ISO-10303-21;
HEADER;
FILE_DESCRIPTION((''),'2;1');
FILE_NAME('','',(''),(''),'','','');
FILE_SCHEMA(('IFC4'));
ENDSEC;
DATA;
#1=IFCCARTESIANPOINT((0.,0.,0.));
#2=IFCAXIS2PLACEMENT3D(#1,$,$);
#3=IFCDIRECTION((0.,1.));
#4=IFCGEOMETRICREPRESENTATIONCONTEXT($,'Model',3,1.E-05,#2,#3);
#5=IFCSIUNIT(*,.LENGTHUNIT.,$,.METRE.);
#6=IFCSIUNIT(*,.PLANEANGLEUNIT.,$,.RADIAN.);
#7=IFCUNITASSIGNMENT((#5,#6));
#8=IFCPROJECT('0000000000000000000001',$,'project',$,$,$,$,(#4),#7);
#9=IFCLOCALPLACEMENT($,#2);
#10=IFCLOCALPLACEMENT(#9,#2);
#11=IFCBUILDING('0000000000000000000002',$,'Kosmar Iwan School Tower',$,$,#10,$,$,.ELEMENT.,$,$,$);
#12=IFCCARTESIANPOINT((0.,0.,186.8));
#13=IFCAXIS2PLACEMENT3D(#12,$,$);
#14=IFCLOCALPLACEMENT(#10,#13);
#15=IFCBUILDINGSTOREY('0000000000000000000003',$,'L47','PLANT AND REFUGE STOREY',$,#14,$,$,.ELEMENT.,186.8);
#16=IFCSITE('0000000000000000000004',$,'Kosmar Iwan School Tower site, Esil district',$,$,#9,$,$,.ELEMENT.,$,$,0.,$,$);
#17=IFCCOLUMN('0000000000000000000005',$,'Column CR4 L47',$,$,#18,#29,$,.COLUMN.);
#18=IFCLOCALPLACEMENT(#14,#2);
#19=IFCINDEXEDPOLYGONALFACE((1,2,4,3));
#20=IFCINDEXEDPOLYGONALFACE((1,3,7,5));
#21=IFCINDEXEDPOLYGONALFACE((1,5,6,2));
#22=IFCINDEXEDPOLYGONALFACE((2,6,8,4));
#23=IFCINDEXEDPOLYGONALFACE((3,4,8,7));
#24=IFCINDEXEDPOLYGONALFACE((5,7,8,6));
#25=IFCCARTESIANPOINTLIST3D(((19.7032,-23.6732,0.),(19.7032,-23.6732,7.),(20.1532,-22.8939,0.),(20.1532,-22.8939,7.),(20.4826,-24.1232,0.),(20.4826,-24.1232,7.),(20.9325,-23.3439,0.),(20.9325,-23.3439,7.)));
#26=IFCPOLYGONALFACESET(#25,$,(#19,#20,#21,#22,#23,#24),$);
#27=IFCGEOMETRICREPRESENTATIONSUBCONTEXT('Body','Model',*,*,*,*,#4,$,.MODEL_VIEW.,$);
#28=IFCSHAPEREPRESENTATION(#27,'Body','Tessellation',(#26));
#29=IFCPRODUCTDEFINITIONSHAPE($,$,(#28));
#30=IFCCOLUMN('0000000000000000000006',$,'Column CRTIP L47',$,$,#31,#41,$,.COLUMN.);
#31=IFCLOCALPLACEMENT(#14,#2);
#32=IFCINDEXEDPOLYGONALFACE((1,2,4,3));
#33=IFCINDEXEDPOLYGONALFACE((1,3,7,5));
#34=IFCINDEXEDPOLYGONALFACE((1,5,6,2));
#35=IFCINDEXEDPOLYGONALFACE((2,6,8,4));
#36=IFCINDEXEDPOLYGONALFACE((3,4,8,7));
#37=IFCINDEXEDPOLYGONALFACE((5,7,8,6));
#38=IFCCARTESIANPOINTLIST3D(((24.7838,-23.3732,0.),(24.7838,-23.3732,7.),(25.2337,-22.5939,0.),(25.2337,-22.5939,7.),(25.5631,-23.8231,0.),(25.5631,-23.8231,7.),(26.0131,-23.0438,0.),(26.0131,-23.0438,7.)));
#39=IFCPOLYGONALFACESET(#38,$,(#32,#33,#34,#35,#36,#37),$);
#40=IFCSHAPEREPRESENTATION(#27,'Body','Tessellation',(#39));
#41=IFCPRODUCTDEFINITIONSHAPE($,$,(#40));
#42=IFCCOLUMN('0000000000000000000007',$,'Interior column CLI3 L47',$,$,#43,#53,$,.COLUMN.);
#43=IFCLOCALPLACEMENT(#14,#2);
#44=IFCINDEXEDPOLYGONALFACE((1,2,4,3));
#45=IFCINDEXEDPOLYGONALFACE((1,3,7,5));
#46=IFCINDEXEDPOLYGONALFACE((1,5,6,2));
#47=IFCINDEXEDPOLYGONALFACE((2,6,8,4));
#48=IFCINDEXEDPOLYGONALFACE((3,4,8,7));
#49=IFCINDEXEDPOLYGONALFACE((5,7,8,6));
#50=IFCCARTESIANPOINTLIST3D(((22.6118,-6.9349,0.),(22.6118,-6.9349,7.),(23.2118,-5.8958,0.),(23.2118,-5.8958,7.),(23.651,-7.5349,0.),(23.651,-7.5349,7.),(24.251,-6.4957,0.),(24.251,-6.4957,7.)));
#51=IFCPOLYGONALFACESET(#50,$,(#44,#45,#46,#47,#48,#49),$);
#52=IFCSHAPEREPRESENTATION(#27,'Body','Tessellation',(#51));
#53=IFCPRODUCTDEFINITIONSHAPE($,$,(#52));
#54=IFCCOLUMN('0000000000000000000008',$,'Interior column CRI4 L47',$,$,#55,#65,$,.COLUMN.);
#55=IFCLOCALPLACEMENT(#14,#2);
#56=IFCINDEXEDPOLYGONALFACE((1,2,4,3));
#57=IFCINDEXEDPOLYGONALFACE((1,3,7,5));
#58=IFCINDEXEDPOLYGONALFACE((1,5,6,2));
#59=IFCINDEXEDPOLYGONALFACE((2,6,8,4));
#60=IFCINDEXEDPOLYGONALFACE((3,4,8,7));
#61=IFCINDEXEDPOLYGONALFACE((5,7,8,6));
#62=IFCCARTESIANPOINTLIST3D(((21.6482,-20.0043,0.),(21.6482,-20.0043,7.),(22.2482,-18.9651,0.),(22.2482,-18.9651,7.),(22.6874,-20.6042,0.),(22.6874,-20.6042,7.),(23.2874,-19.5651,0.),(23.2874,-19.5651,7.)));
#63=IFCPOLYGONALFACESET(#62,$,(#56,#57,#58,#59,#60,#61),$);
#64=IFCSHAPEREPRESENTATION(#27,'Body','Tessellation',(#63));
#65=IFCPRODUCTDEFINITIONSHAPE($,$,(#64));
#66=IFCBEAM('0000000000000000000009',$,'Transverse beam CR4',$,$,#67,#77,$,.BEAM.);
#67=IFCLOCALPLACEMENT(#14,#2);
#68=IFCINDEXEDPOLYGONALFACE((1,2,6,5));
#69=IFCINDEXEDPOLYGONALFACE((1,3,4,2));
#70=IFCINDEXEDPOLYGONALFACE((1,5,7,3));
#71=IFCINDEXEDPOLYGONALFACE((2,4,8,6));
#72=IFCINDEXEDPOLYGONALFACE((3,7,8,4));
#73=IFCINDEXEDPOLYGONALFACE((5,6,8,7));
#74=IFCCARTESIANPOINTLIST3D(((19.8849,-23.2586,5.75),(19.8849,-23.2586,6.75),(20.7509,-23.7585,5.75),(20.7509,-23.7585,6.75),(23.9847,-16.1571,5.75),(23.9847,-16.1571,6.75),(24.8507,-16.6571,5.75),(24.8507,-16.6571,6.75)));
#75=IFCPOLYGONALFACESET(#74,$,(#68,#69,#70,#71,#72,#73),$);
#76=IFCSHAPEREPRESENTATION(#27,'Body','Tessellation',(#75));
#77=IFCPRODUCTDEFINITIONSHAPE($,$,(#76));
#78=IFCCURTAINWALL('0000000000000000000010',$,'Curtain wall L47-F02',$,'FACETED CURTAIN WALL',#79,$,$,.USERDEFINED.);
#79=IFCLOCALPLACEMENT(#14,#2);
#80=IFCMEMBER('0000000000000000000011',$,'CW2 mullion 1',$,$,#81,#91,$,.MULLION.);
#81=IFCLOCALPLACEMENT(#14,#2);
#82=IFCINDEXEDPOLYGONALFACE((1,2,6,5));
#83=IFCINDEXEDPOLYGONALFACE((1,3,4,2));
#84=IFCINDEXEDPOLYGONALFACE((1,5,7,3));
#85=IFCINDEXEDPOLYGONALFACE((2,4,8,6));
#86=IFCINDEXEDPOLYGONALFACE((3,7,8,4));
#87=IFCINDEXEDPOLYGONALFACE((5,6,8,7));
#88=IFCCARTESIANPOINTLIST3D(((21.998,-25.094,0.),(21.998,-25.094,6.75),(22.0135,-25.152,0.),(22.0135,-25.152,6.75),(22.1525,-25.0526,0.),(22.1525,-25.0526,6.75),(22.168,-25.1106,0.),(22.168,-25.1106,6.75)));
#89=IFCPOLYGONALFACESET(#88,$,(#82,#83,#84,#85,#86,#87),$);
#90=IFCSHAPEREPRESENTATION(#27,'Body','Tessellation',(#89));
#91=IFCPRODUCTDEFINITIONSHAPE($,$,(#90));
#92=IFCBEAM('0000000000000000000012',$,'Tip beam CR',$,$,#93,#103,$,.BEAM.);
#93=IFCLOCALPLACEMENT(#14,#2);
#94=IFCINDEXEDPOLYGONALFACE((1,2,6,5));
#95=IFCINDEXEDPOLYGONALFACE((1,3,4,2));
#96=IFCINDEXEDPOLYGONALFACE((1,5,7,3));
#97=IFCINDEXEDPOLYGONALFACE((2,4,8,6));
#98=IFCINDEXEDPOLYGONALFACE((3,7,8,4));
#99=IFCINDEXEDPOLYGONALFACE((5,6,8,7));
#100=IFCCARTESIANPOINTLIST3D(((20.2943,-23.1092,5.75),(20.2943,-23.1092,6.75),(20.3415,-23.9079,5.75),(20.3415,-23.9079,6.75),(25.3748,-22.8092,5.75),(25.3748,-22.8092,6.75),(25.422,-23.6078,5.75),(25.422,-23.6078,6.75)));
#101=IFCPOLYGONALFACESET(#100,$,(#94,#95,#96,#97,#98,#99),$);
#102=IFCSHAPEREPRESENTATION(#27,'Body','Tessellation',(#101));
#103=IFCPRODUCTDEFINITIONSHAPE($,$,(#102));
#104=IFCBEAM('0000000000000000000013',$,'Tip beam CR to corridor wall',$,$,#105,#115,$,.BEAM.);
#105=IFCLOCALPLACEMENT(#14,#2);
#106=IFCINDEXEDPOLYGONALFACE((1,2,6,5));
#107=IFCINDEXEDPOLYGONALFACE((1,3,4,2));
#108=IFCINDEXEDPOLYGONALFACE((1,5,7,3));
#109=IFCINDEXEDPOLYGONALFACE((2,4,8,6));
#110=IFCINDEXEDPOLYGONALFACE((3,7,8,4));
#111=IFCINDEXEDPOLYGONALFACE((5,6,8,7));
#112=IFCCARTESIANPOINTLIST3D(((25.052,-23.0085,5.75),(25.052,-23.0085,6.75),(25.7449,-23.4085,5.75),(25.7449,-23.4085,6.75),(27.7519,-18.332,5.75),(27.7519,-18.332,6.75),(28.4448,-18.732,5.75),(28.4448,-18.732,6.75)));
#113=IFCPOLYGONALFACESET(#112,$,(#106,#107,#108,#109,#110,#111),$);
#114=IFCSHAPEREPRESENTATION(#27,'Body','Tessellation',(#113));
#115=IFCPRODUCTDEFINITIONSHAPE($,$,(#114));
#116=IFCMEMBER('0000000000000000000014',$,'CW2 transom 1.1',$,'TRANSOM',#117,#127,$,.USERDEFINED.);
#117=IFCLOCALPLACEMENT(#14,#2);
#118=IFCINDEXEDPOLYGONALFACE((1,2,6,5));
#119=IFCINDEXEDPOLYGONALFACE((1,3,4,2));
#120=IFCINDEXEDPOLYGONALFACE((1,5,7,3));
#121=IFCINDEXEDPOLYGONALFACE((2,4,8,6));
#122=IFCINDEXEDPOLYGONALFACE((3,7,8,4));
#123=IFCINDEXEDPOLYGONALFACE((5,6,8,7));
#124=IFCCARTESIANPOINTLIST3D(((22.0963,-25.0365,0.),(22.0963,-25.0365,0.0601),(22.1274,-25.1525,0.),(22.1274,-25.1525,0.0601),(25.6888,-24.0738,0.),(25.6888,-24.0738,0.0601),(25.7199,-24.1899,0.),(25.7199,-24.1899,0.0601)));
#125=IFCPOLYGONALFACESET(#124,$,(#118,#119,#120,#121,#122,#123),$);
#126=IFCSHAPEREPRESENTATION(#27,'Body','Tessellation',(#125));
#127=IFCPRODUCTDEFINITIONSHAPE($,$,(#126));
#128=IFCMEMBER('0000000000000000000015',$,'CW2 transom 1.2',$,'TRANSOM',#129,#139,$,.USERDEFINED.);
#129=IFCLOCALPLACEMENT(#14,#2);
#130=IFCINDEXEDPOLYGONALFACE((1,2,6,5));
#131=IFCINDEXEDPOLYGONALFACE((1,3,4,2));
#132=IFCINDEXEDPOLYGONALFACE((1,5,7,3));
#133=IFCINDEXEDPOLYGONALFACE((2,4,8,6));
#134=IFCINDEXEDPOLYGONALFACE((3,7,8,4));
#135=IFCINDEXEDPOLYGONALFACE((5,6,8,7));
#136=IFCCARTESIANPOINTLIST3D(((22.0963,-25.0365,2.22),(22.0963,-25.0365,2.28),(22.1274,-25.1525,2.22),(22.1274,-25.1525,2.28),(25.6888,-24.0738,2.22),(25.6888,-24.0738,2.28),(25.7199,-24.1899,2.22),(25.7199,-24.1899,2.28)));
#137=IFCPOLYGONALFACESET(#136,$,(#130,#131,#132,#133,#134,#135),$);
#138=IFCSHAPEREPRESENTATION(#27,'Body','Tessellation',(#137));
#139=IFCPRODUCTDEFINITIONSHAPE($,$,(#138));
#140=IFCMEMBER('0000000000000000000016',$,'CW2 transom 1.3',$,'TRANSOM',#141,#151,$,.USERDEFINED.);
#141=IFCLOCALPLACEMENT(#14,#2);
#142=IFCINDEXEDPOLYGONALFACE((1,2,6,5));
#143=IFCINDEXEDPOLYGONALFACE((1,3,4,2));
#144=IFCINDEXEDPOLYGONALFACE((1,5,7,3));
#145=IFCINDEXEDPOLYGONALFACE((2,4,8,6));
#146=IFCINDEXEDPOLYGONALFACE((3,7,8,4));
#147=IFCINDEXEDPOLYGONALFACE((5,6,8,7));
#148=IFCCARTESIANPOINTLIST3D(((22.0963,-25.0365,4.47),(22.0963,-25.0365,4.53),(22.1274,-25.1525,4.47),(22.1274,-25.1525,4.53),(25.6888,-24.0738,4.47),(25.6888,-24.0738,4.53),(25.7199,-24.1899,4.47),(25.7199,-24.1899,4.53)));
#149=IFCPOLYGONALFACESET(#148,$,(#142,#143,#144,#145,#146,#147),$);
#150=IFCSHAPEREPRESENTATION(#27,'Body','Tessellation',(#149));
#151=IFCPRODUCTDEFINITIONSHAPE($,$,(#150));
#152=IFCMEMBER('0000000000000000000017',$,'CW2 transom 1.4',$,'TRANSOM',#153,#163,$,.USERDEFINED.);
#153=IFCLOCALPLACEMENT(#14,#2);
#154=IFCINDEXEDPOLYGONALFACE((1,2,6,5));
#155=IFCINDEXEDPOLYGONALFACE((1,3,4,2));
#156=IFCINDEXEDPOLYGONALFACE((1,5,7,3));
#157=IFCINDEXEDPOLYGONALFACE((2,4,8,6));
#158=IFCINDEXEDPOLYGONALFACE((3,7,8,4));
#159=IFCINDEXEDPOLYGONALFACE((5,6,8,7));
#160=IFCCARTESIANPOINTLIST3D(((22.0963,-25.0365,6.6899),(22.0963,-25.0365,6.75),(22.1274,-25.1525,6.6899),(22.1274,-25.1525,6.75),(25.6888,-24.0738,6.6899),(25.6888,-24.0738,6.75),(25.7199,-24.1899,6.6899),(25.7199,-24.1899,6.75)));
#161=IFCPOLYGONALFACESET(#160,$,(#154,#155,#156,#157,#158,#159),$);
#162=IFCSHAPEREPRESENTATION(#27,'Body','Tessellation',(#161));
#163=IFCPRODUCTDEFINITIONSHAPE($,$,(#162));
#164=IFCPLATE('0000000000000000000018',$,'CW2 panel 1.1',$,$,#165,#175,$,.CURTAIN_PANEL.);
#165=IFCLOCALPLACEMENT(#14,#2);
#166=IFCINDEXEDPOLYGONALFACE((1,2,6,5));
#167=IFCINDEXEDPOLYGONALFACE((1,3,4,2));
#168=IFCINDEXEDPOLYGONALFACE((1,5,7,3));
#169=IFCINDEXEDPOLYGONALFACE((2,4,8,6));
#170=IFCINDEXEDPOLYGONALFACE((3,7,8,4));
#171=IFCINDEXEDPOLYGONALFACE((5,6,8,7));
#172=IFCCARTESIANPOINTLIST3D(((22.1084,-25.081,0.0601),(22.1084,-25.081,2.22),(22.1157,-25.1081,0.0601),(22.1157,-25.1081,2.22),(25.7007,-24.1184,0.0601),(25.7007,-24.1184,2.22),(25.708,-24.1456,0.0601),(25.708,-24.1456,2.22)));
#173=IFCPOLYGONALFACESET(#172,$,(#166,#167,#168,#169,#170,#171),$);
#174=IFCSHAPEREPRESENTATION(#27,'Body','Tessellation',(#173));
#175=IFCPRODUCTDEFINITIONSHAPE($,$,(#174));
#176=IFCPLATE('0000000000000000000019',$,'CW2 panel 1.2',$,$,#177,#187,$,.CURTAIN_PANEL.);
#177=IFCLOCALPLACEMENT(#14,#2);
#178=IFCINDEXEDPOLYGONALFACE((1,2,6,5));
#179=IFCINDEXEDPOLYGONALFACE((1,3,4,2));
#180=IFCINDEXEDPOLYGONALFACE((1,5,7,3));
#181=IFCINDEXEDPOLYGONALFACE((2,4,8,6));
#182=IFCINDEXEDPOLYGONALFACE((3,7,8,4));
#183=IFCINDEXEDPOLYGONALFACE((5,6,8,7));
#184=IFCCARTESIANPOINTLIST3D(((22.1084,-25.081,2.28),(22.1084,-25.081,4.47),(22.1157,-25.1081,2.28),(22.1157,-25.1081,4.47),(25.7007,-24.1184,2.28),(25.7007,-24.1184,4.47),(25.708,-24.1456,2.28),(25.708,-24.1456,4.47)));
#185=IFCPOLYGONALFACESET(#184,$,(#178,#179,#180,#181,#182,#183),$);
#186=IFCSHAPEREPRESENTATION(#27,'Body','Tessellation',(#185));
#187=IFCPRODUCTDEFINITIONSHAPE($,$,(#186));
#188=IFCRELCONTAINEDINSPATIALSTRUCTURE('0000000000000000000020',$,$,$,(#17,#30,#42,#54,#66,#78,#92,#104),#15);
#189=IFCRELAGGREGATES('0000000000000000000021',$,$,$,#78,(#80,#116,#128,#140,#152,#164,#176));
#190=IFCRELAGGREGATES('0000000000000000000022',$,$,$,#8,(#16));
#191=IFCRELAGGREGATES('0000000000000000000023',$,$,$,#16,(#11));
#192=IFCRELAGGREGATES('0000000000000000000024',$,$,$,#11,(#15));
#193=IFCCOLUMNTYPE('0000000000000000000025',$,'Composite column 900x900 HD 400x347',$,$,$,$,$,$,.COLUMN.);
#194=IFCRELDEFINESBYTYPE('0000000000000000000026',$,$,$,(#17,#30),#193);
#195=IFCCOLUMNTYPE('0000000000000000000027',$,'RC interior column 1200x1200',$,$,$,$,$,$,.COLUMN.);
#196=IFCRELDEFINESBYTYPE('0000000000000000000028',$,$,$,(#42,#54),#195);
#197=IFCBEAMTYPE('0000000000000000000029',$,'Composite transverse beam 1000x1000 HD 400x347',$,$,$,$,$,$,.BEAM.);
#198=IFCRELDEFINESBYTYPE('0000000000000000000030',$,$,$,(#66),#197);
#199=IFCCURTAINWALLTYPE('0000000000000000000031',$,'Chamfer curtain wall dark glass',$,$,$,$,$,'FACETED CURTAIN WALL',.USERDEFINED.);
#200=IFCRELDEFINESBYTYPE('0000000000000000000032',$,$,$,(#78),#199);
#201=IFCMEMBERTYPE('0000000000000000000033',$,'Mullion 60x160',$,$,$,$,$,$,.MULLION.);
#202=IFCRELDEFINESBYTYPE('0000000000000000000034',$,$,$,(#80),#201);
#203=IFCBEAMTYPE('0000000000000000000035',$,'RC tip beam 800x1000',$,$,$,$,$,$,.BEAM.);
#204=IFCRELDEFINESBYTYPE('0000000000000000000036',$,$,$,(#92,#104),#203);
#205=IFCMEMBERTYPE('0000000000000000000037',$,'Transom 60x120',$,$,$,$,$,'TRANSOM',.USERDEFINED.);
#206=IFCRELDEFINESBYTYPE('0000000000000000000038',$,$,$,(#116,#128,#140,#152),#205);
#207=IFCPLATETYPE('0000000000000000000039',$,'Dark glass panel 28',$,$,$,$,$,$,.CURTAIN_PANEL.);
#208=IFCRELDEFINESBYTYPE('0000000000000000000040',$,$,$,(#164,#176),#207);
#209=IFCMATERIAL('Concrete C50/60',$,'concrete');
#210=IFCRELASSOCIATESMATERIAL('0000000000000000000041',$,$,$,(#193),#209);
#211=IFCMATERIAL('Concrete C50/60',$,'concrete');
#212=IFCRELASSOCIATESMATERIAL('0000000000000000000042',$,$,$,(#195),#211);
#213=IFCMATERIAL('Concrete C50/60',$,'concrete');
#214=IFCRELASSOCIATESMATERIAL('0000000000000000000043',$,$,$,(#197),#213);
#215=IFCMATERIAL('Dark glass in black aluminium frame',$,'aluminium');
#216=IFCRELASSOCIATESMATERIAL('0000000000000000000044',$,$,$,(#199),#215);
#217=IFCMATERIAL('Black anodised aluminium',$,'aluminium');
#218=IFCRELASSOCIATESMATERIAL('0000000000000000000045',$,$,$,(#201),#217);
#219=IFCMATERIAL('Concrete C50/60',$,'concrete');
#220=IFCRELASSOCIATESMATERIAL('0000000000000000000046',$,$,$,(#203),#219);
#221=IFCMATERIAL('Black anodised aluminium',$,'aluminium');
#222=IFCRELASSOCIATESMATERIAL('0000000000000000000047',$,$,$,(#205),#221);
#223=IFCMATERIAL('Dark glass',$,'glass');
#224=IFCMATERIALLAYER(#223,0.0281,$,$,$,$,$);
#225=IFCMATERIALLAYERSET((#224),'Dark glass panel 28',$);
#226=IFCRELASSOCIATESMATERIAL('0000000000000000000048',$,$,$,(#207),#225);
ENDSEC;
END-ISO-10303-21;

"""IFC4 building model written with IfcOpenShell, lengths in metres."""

from ifc_helpers import new_model, si_unit, direction, frame, origin, origin_2d, place, context, subcontext, project, spatial, rectangle, extrude, material, layer, layer_set, material_profile, profile_set, type_object, element, aggregate, save


model = new_model("IFC4")

# Units and contexts
model_context = context("Model", 3, precision=1e-05, world=origin(), true_north=direction((0.0, 1.0)))
body_context = subcontext(model_context, "Body", "Model", "MODEL_VIEW")
ifc_project = project(units=[si_unit("LENGTHUNIT", "METRE"), si_unit("PLANEANGLEUNIT", "RADIAN")], contexts=[model_context])

# Site, building, storey
site_placement = place(None, origin())
site = spatial("IfcSite", under=ifc_project, at=site_placement, Name="Kosmar Iwan School Tower site, Esil district", CompositionType="ELEMENT", RefElevation=0.0)
building_placement = place(site_placement, origin())
building = spatial("IfcBuilding", under=site, at=building_placement, Name="Kosmar Iwan School Tower", CompositionType="ELEMENT")
storey_placement = place(building_placement, frame((0.0, 0.0, 186.8)))
storey = spatial("IfcBuildingStorey", under=building, at=storey_placement, Name="L47", Description="PLANT AND REFUGE STOREY", CompositionType="ELEMENT", Elevation=186.8)

# Columns
ifc_material_1 = material(Name="Concrete C50/60", Category="concrete")
ifc_material_profile_1 = material_profile(ifc_material_1, rectangle(XDim=0.8999, YDim=0.8999, at=origin_2d()), Name="RC 900x900 + HD 400x347")
ifc_profile_set_1 = profile_set([ifc_material_profile_1], Name="Concrete C50/60")
column_type_1 = type_object("IfcColumnType", Name="Composite column 900x900 HD 400x347", PredefinedType="COLUMN", material=ifc_profile_set_1)
for number, where, z_axis, x_axis, name in (
    (1, (20.3179, -23.5085, 0.0), (0.0, 0.0, 1.0), (0.866025, -0.5, 0.0), "Column CR4 L47"),
    (2, (25.3984, -23.2085, 0.0), (0.0, 0.0, 1.0), (0.866025, -0.5, 0.0), "Column CRTIP L47"),
):
    element("IfcColumn", number, at=place(storey_placement, frame(where, z_axis=z_axis, x_axis=x_axis)), inside=storey, type_object=column_type_1, Name=name, PredefinedType="COLUMN", context=body_context, shape_type="SweptSolid", body=[
        extrude(rectangle(XDim=0.8999, YDim=0.8999, at=origin_2d()), origin(), (0.0, 0.0, 1.0), 7.0),
    ])
ifc_material_2 = material(Name="Concrete C50/60", Category="concrete")
ifc_material_profile_2 = material_profile(ifc_material_2, rectangle(XDim=1.2, YDim=1.2, at=origin_2d()), Name="RC 1200x1200")
ifc_profile_set_2 = profile_set([ifc_material_profile_2], Name="Concrete C50/60")
column_type_2 = type_object("IfcColumnType", Name="RC interior column 1200x1200", PredefinedType="COLUMN", material=ifc_profile_set_2)
for number, where, z_axis, x_axis, name in (
    (3, (23.4314, -6.7153, 0.0), (0.0, 0.0, 1.0), (0.866025, -0.5, 0.0), "Interior column CLI3 L47"),
    (4, (22.4678, -19.7847, 0.0), (0.0, 0.0, 1.0), (0.866025, -0.5, 0.0), "Interior column CRI4 L47"),
):
    element("IfcColumn", number, at=place(storey_placement, frame(where, z_axis=z_axis, x_axis=x_axis)), inside=storey, type_object=column_type_2, Name=name, PredefinedType="COLUMN", context=body_context, shape_type="SweptSolid", body=[
        extrude(rectangle(XDim=1.2, YDim=1.2, at=origin_2d()), origin(), (0.0, 0.0, 1.0), 7.0),
    ])

# Beam
ifc_material_3 = material(Name="Concrete C50/60", Category="concrete")
ifc_material_profile_3 = material_profile(ifc_material_3, rectangle(XDim=1.0, YDim=1.0, at=origin_2d()), Name="RC 1000x1000 + HD 400x347")
ifc_profile_set_3 = profile_set([ifc_material_profile_3], Name="Concrete C50/60")
beam_type_1 = type_object("IfcBeamType", Name="Composite transverse beam 1000x1000 HD 400x347", PredefinedType="BEAM", material=ifc_profile_set_3)
beam_1_placement = place(storey_placement, frame((20.3179, -23.5085, 6.25), z_axis=(0.499978, 0.866038, 0.0), x_axis=(-0.866038, 0.499978, 0.0)))
element("IfcBeam", 5, at=beam_1_placement, inside=storey, type_object=beam_type_1, Name="Transverse beam CR4", PredefinedType="BEAM", context=body_context, shape_type="SweptSolid", body=[
    extrude(rectangle(XDim=1.0, YDim=1.0, at=origin_2d()), origin(), (0.0, 0.0, 1.0), 8.2),
])

# Curtain wall, member
ifc_material_4 = material(Name="Dark glass in black aluminium frame", Category="aluminium")
curtain_wall_type = type_object("IfcCurtainWallType", Name="Chamfer curtain wall dark glass", ElementType="FACETED CURTAIN WALL", PredefinedType="USERDEFINED", material=ifc_material_4)
curtain_wall_placement = place(storey_placement, origin())
curtain_wall = element("IfcCurtainWall", 6, at=curtain_wall_placement, inside=storey, type_object=curtain_wall_type, Name="Curtain wall L47-F02", ObjectType="FACETED CURTAIN WALL", PredefinedType="USERDEFINED")
ifc_material_5 = material(Name="Black anodised aluminium", Category="aluminium")
ifc_material_profile_4 = material_profile(ifc_material_5, rectangle(XDim=0.0601, YDim=0.1599, at=origin_2d()), Name="MULLION 60x160")
ifc_profile_set_4 = profile_set([ifc_material_profile_4], Name="Black anodised aluminium")
member_type_1 = type_object("IfcMemberType", Name="Mullion 60x160", PredefinedType="MULLION", material=ifc_profile_set_4)
member_1_placement = place(storey_placement, frame((22.083, -25.1023, 0.0), z_axis=(0.0, 0.0, 1.0), x_axis=(-0.258819, 0.965926, 0.0)))
member_1 = element("IfcMember", 7, at=member_1_placement, type_object=member_type_1, Name="CW2 mullion 1", PredefinedType="MULLION", context=body_context, shape_type="SweptSolid", body=[
    extrude(rectangle(XDim=0.0601, YDim=0.1599, at=origin_2d()), origin(), (0.0, 0.0, 1.0), 6.75),
])

# Beams
ifc_material_6 = material(Name="Concrete C50/60", Category="concrete")
ifc_material_profile_5 = material_profile(ifc_material_6, rectangle(XDim=0.8, YDim=1.0, at=origin_2d()), Name="RC 800x1000")
ifc_profile_set_5 = profile_set([ifc_material_profile_5], Name="Concrete C50/60")
beam_type_2 = type_object("IfcBeamType", Name="RC tip beam 800x1000", PredefinedType="BEAM", material=ifc_profile_set_5)
beam_2_placement = place(storey_placement, frame((20.3179, -23.5085, 6.25), z_axis=(0.998261, 0.058955, 0.0), x_axis=(-0.058955, 0.998261, 0.0)))
element("IfcBeam", 8, at=beam_2_placement, inside=storey, type_object=beam_type_2, Name="Tip beam CR", PredefinedType="BEAM", context=body_context, shape_type="SweptSolid", body=[
    extrude(rectangle(XDim=0.8, YDim=1.0, at=origin_2d()), origin(), (0.0, 0.0, 1.0), 5.0894),
])
beam_3_placement = place(storey_placement, frame((25.3984, -23.2085, 6.25), z_axis=(0.499995, 0.866028, 0.0), x_axis=(-0.866028, 0.499995, 0.0)))
element("IfcBeam", 9, at=beam_3_placement, inside=storey, type_object=beam_type_2, Name="Tip beam CR to corridor wall", PredefinedType="BEAM", context=body_context, shape_type="SweptSolid", body=[
    extrude(rectangle(XDim=0.8, YDim=1.0, at=origin_2d()), origin(), (0.0, 0.0, 1.0), 5.3999),
])

# Members
ifc_material_7 = material(Name="Black anodised aluminium", Category="aluminium")
ifc_material_profile_6 = material_profile(ifc_material_7, rectangle(XDim=0.1201, YDim=0.0601, at=origin_2d()), Name="TRANSOM 60x120")
ifc_profile_set_6 = profile_set([ifc_material_profile_6], Name="Black anodised aluminium")
member_type_2 = type_object("IfcMemberType", Name="Transom 60x120", ElementType="TRANSOM", PredefinedType="USERDEFINED", material=ifc_profile_set_6)
member_2_placement = place(storey_placement, frame((22.1118, -25.0945, 0.03), z_axis=(0.965924, 0.258827, 0.0), x_axis=(-0.258827, 0.965924, 0.0)))
member_2 = element("IfcMember", 10, at=member_2_placement, type_object=member_type_2, Name="CW2 transom 1.1", ObjectType="TRANSOM", PredefinedType="USERDEFINED", context=body_context, shape_type="SweptSolid", body=[
    extrude(rectangle(XDim=0.1201, YDim=0.0601, at=origin_2d()), origin(), (0.0, 0.0, 1.0), 3.7192),
])
member_3_placement = place(storey_placement, frame((22.1118, -25.0945, 2.25), z_axis=(0.965924, 0.258827, 0.0), x_axis=(-0.258827, 0.965924, 0.0)))
member_3 = element("IfcMember", 11, at=member_3_placement, type_object=member_type_2, Name="CW2 transom 1.2", ObjectType="TRANSOM", PredefinedType="USERDEFINED", context=body_context, shape_type="SweptSolid", body=[
    extrude(rectangle(XDim=0.1201, YDim=0.0601, at=origin_2d()), origin(), (0.0, 0.0, 1.0), 3.7192),
])
member_4_placement = place(storey_placement, frame((22.1118, -25.0945, 4.5), z_axis=(0.965924, 0.258827, 0.0), x_axis=(-0.258827, 0.965924, 0.0)))
member_4 = element("IfcMember", 12, at=member_4_placement, type_object=member_type_2, Name="CW2 transom 1.3", ObjectType="TRANSOM", PredefinedType="USERDEFINED", context=body_context, shape_type="SweptSolid", body=[
    extrude(rectangle(XDim=0.1201, YDim=0.0601, at=origin_2d()), origin(), (0.0, 0.0, 1.0), 3.7192),
])
member_5_placement = place(storey_placement, frame((22.1118, -25.0945, 6.72), z_axis=(0.965924, 0.258827, 0.0), x_axis=(-0.258827, 0.965924, 0.0)))
member_5 = element("IfcMember", 13, at=member_5_placement, type_object=member_type_2, Name="CW2 transom 1.4", ObjectType="TRANSOM", PredefinedType="USERDEFINED", context=body_context, shape_type="SweptSolid", body=[
    extrude(rectangle(XDim=0.1201, YDim=0.0601, at=origin_2d()), origin(), (0.0, 0.0, 1.0), 3.7192),
])

# Plates
ifc_material_8 = material(Name="Dark glass", Category="glass")
ifc_layer_1 = layer(ifc_material_8, 0.0281)
ifc_layer_set_1 = layer_set([ifc_layer_1], Name="Dark glass panel 28")
plate_type = type_object("IfcPlateType", Name="Dark glass panel 28", PredefinedType="CURTAIN_PANEL", material=ifc_layer_set_1)
plate_1_placement = place(storey_placement, frame((23.9082, -24.6133, 0.0601), z_axis=(0.0, 0.0, 1.0), x_axis=(0.965926, 0.258819, 0.0)))
plate_1 = element("IfcPlate", 14, at=plate_1_placement, type_object=plate_type, Name="CW2 panel 1.1", PredefinedType="CURTAIN_PANEL", context=body_context, shape_type="SweptSolid", body=[
    extrude(rectangle(XDim=3.719, YDim=0.0281, at=origin_2d()), origin(), (0.0, 0.0, 1.0), 2.1599),
])
plate_2_placement = place(storey_placement, frame((23.9082, -24.6133, 2.28), z_axis=(0.0, 0.0, 1.0), x_axis=(0.965926, 0.258819, 0.0)))
plate_2 = element("IfcPlate", 15, at=plate_2_placement, type_object=plate_type, Name="CW2 panel 1.2", PredefinedType="CURTAIN_PANEL", context=body_context, shape_type="SweptSolid", body=[
    extrude(rectangle(XDim=3.719, YDim=0.0281, at=origin_2d()), origin(), (0.0, 0.0, 1.0), 2.1899),
])
aggregate(curtain_wall, [member_1, member_2, member_3, member_4, member_5, plate_1, plate_2])

save(model, "model.ifc")
